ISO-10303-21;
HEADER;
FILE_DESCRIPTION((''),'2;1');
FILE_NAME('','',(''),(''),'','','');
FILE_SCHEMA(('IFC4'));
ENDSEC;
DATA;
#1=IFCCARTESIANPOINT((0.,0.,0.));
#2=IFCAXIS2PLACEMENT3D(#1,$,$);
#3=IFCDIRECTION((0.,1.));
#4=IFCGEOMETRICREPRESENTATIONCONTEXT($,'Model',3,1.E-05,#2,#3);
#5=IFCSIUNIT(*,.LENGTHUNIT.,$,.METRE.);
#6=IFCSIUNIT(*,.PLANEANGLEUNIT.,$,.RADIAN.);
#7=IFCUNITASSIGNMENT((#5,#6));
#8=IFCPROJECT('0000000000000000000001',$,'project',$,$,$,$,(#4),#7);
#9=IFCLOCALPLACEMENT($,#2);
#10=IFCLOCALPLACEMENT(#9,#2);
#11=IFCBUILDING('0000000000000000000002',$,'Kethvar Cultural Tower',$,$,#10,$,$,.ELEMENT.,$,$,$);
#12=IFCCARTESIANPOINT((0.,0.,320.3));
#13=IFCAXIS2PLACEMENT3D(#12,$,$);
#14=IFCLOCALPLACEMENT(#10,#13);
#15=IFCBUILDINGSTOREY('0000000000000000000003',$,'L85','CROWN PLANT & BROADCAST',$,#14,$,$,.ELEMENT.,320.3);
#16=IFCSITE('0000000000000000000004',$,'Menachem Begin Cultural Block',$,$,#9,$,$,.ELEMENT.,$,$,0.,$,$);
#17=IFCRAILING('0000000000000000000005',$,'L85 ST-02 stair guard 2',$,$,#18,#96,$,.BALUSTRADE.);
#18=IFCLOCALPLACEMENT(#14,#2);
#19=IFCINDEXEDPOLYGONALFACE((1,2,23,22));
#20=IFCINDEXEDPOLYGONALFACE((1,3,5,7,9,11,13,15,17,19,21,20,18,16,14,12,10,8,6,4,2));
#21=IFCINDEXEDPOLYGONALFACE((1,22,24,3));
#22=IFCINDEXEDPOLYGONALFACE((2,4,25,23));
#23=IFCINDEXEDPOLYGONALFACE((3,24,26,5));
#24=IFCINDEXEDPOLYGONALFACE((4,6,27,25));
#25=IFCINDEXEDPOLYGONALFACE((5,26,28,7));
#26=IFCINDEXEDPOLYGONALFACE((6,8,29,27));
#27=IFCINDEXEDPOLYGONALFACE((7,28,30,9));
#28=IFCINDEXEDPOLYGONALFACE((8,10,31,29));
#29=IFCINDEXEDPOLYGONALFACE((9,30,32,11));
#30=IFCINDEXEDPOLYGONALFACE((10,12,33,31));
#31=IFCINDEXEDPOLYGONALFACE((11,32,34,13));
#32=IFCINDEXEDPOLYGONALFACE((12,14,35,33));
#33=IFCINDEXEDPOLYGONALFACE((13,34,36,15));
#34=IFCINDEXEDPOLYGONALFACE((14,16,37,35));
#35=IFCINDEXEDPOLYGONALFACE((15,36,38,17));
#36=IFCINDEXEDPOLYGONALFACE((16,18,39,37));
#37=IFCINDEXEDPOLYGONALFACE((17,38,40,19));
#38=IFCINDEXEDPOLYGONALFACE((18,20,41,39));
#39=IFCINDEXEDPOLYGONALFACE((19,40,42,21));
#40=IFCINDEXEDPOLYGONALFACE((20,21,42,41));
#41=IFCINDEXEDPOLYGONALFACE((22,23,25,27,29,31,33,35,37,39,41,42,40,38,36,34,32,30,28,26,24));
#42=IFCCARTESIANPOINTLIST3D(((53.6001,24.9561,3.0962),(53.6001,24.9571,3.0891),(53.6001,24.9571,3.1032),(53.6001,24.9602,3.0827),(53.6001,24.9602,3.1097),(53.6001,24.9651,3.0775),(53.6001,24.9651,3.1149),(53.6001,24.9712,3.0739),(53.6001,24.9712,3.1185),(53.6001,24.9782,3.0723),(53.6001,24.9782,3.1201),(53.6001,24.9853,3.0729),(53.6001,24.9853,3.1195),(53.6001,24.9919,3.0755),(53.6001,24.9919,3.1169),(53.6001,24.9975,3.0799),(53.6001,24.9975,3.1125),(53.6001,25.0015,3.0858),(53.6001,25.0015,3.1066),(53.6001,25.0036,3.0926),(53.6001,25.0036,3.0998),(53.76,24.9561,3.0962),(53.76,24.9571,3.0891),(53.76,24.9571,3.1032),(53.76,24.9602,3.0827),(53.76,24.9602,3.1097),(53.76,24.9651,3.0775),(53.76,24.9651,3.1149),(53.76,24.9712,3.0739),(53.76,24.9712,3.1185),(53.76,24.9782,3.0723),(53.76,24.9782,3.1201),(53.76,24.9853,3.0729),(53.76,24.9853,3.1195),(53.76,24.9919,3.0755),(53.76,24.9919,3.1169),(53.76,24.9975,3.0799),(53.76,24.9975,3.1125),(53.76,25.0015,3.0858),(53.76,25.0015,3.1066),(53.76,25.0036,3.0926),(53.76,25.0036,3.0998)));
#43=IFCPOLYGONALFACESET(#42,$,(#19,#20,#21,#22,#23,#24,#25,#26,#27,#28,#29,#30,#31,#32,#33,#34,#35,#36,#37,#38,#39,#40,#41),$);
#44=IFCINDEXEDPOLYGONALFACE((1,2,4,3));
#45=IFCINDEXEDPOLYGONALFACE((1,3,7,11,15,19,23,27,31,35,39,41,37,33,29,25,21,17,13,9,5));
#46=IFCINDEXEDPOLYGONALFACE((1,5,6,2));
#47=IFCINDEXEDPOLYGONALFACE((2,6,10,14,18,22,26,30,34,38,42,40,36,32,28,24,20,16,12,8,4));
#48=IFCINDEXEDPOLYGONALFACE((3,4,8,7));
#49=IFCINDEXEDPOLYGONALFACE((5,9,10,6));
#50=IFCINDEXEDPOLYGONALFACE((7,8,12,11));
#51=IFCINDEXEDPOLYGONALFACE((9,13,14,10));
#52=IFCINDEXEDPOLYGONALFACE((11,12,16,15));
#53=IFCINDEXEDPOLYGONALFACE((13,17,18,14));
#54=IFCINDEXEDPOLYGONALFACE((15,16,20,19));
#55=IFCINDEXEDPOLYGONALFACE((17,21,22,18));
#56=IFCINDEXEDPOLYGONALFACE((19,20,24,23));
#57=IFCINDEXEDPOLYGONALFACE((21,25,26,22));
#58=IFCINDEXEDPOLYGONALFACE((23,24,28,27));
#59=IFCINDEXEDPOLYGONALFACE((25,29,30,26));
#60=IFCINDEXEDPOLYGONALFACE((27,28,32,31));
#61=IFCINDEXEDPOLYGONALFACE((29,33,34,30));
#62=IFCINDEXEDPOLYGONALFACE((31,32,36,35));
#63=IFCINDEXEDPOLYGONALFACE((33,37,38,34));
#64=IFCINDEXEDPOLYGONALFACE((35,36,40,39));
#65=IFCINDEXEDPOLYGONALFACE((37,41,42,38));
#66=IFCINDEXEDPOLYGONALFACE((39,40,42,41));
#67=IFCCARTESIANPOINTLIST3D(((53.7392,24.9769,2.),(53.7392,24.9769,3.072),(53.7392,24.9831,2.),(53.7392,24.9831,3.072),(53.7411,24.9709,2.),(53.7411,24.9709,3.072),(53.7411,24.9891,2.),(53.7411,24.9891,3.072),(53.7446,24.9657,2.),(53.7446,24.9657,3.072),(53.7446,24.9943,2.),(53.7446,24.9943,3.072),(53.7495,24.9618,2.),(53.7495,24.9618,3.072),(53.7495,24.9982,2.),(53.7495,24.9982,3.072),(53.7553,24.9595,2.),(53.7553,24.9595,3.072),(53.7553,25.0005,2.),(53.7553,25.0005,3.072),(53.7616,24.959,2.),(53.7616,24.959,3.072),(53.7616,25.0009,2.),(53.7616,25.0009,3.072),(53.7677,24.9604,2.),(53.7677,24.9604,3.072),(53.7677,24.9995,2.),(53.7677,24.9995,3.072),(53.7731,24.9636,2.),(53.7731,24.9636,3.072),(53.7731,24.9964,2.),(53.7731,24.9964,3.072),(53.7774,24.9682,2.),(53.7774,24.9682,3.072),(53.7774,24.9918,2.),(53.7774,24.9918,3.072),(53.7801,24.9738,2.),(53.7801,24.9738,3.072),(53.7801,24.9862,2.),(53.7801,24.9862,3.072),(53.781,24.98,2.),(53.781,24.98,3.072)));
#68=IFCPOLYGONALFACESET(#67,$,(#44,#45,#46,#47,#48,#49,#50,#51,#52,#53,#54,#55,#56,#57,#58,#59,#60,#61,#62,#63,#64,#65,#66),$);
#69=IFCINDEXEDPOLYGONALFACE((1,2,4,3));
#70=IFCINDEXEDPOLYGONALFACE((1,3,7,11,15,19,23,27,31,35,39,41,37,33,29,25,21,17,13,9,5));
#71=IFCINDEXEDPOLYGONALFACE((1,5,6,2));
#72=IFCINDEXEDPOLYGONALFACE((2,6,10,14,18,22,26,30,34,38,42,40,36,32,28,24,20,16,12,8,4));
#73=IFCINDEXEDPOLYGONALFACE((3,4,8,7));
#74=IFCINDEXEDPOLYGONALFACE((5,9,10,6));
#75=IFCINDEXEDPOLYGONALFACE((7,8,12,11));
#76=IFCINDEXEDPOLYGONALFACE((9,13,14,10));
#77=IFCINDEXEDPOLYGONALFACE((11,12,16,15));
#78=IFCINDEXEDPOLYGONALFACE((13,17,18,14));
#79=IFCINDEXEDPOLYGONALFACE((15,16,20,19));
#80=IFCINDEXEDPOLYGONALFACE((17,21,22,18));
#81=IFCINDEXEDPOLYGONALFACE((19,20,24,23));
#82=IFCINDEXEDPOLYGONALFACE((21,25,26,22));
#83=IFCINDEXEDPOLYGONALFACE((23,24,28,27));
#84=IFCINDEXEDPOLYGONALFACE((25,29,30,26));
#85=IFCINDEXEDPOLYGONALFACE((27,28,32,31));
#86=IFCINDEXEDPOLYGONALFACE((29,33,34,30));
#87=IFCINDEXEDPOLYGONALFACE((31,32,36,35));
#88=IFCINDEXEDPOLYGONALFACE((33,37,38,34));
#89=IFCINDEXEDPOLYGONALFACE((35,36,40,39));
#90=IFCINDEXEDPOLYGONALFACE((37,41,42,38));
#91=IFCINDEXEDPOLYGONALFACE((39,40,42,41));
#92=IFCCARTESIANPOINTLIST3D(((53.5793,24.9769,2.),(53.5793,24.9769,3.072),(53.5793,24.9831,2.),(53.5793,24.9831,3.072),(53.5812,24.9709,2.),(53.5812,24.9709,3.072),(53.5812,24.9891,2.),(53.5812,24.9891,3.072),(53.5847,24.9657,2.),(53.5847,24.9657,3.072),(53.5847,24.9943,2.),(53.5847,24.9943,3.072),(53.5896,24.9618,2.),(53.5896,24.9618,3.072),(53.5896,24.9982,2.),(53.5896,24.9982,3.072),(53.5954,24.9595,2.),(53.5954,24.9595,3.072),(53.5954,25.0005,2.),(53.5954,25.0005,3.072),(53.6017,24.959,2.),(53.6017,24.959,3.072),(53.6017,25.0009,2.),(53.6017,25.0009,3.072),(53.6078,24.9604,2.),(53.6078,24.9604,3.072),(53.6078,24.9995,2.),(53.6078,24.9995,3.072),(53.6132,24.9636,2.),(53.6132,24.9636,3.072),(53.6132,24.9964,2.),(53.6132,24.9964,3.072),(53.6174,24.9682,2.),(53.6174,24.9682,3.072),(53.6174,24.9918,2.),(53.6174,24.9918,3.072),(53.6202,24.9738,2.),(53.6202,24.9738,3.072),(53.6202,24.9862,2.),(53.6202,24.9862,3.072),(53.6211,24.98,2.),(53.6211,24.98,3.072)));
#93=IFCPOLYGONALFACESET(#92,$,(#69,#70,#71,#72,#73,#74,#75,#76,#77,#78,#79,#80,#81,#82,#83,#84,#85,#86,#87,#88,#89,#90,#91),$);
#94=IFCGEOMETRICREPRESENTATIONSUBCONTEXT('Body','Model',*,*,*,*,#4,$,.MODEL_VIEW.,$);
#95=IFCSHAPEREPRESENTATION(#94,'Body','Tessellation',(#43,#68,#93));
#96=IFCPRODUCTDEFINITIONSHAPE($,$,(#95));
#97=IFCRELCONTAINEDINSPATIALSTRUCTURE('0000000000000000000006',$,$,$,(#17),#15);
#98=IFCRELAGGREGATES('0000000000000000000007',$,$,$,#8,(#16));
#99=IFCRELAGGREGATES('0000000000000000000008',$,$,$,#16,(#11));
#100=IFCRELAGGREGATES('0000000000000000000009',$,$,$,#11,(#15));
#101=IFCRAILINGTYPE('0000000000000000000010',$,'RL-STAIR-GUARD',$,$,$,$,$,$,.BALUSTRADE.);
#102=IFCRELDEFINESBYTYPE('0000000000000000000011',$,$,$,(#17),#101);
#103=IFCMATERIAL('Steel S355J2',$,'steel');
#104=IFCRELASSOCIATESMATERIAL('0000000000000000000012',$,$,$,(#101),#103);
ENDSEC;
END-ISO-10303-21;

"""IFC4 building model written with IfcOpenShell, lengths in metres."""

from ifc_helpers import new_model, si_unit, direction, frame, origin, origin_2d, place, context, subcontext, project, spatial, circle, extrude, material, type_object, element, save


model = new_model("IFC4")

# Units and contexts
model_context = context("Model", 3, precision=1e-05, world=origin(), true_north=direction((0.0, 1.0)))
body_context = subcontext(model_context, "Body", "Model", "MODEL_VIEW")
ifc_project = project(units=[si_unit("LENGTHUNIT", "METRE"), si_unit("PLANEANGLEUNIT", "RADIAN")], contexts=[model_context])

# Site, building, storey
site_placement = place(None, origin())
site = spatial("IfcSite", under=ifc_project, at=site_placement, Name="Menachem Begin Cultural Block", CompositionType="ELEMENT", RefElevation=0.0)
building_placement = place(site_placement, origin())
building = spatial("IfcBuilding", under=site, at=building_placement, Name="Kethvar Cultural Tower", CompositionType="ELEMENT")
storey_placement = place(building_placement, frame((0.0, 0.0, 320.3)))
storey = spatial("IfcBuildingStorey", under=building, at=storey_placement, Name="L85", Description="CROWN PLANT & BROADCAST", CompositionType="ELEMENT", Elevation=320.3)

# Shared definitions
ifc_material_1 = material(Name="Steel S355J2", Category="steel")

# Railing
railing_type_1 = type_object("IfcRailingType", Name="RL-STAIR-GUARD", PredefinedType="BALUSTRADE", material=ifc_material_1)
railing_1_placement = place(storey_placement, frame((53.76, 24.98, 2.0)))
element("IfcRailing", 1, at=railing_1_placement, inside=storey, type_object=railing_type_1, Name="L85 ST-02 stair guard 2", PredefinedType="BALUSTRADE", context=body_context, shape_type="SweptSolid", body=[
    extrude(circle(Radius=0.0239, at=origin_2d()), frame((0.0, 0.0, 1.0962), z_axis=(-1.0, 0.0, 0.0), x_axis=(0.0, -1.0, 0.0)), (0.0, 0.0, 1.0), 0.1599),
    extrude(circle(Radius=0.021, at=origin_2d()), origin(), (0.0, 0.0, 1.0), 1.072),
    extrude(circle(Radius=0.021, at=origin_2d()), frame((-0.1599, 0.0, 0.0)), (0.0, 0.0, 1.0), 1.072),
])

save(model, "model.ifc")
